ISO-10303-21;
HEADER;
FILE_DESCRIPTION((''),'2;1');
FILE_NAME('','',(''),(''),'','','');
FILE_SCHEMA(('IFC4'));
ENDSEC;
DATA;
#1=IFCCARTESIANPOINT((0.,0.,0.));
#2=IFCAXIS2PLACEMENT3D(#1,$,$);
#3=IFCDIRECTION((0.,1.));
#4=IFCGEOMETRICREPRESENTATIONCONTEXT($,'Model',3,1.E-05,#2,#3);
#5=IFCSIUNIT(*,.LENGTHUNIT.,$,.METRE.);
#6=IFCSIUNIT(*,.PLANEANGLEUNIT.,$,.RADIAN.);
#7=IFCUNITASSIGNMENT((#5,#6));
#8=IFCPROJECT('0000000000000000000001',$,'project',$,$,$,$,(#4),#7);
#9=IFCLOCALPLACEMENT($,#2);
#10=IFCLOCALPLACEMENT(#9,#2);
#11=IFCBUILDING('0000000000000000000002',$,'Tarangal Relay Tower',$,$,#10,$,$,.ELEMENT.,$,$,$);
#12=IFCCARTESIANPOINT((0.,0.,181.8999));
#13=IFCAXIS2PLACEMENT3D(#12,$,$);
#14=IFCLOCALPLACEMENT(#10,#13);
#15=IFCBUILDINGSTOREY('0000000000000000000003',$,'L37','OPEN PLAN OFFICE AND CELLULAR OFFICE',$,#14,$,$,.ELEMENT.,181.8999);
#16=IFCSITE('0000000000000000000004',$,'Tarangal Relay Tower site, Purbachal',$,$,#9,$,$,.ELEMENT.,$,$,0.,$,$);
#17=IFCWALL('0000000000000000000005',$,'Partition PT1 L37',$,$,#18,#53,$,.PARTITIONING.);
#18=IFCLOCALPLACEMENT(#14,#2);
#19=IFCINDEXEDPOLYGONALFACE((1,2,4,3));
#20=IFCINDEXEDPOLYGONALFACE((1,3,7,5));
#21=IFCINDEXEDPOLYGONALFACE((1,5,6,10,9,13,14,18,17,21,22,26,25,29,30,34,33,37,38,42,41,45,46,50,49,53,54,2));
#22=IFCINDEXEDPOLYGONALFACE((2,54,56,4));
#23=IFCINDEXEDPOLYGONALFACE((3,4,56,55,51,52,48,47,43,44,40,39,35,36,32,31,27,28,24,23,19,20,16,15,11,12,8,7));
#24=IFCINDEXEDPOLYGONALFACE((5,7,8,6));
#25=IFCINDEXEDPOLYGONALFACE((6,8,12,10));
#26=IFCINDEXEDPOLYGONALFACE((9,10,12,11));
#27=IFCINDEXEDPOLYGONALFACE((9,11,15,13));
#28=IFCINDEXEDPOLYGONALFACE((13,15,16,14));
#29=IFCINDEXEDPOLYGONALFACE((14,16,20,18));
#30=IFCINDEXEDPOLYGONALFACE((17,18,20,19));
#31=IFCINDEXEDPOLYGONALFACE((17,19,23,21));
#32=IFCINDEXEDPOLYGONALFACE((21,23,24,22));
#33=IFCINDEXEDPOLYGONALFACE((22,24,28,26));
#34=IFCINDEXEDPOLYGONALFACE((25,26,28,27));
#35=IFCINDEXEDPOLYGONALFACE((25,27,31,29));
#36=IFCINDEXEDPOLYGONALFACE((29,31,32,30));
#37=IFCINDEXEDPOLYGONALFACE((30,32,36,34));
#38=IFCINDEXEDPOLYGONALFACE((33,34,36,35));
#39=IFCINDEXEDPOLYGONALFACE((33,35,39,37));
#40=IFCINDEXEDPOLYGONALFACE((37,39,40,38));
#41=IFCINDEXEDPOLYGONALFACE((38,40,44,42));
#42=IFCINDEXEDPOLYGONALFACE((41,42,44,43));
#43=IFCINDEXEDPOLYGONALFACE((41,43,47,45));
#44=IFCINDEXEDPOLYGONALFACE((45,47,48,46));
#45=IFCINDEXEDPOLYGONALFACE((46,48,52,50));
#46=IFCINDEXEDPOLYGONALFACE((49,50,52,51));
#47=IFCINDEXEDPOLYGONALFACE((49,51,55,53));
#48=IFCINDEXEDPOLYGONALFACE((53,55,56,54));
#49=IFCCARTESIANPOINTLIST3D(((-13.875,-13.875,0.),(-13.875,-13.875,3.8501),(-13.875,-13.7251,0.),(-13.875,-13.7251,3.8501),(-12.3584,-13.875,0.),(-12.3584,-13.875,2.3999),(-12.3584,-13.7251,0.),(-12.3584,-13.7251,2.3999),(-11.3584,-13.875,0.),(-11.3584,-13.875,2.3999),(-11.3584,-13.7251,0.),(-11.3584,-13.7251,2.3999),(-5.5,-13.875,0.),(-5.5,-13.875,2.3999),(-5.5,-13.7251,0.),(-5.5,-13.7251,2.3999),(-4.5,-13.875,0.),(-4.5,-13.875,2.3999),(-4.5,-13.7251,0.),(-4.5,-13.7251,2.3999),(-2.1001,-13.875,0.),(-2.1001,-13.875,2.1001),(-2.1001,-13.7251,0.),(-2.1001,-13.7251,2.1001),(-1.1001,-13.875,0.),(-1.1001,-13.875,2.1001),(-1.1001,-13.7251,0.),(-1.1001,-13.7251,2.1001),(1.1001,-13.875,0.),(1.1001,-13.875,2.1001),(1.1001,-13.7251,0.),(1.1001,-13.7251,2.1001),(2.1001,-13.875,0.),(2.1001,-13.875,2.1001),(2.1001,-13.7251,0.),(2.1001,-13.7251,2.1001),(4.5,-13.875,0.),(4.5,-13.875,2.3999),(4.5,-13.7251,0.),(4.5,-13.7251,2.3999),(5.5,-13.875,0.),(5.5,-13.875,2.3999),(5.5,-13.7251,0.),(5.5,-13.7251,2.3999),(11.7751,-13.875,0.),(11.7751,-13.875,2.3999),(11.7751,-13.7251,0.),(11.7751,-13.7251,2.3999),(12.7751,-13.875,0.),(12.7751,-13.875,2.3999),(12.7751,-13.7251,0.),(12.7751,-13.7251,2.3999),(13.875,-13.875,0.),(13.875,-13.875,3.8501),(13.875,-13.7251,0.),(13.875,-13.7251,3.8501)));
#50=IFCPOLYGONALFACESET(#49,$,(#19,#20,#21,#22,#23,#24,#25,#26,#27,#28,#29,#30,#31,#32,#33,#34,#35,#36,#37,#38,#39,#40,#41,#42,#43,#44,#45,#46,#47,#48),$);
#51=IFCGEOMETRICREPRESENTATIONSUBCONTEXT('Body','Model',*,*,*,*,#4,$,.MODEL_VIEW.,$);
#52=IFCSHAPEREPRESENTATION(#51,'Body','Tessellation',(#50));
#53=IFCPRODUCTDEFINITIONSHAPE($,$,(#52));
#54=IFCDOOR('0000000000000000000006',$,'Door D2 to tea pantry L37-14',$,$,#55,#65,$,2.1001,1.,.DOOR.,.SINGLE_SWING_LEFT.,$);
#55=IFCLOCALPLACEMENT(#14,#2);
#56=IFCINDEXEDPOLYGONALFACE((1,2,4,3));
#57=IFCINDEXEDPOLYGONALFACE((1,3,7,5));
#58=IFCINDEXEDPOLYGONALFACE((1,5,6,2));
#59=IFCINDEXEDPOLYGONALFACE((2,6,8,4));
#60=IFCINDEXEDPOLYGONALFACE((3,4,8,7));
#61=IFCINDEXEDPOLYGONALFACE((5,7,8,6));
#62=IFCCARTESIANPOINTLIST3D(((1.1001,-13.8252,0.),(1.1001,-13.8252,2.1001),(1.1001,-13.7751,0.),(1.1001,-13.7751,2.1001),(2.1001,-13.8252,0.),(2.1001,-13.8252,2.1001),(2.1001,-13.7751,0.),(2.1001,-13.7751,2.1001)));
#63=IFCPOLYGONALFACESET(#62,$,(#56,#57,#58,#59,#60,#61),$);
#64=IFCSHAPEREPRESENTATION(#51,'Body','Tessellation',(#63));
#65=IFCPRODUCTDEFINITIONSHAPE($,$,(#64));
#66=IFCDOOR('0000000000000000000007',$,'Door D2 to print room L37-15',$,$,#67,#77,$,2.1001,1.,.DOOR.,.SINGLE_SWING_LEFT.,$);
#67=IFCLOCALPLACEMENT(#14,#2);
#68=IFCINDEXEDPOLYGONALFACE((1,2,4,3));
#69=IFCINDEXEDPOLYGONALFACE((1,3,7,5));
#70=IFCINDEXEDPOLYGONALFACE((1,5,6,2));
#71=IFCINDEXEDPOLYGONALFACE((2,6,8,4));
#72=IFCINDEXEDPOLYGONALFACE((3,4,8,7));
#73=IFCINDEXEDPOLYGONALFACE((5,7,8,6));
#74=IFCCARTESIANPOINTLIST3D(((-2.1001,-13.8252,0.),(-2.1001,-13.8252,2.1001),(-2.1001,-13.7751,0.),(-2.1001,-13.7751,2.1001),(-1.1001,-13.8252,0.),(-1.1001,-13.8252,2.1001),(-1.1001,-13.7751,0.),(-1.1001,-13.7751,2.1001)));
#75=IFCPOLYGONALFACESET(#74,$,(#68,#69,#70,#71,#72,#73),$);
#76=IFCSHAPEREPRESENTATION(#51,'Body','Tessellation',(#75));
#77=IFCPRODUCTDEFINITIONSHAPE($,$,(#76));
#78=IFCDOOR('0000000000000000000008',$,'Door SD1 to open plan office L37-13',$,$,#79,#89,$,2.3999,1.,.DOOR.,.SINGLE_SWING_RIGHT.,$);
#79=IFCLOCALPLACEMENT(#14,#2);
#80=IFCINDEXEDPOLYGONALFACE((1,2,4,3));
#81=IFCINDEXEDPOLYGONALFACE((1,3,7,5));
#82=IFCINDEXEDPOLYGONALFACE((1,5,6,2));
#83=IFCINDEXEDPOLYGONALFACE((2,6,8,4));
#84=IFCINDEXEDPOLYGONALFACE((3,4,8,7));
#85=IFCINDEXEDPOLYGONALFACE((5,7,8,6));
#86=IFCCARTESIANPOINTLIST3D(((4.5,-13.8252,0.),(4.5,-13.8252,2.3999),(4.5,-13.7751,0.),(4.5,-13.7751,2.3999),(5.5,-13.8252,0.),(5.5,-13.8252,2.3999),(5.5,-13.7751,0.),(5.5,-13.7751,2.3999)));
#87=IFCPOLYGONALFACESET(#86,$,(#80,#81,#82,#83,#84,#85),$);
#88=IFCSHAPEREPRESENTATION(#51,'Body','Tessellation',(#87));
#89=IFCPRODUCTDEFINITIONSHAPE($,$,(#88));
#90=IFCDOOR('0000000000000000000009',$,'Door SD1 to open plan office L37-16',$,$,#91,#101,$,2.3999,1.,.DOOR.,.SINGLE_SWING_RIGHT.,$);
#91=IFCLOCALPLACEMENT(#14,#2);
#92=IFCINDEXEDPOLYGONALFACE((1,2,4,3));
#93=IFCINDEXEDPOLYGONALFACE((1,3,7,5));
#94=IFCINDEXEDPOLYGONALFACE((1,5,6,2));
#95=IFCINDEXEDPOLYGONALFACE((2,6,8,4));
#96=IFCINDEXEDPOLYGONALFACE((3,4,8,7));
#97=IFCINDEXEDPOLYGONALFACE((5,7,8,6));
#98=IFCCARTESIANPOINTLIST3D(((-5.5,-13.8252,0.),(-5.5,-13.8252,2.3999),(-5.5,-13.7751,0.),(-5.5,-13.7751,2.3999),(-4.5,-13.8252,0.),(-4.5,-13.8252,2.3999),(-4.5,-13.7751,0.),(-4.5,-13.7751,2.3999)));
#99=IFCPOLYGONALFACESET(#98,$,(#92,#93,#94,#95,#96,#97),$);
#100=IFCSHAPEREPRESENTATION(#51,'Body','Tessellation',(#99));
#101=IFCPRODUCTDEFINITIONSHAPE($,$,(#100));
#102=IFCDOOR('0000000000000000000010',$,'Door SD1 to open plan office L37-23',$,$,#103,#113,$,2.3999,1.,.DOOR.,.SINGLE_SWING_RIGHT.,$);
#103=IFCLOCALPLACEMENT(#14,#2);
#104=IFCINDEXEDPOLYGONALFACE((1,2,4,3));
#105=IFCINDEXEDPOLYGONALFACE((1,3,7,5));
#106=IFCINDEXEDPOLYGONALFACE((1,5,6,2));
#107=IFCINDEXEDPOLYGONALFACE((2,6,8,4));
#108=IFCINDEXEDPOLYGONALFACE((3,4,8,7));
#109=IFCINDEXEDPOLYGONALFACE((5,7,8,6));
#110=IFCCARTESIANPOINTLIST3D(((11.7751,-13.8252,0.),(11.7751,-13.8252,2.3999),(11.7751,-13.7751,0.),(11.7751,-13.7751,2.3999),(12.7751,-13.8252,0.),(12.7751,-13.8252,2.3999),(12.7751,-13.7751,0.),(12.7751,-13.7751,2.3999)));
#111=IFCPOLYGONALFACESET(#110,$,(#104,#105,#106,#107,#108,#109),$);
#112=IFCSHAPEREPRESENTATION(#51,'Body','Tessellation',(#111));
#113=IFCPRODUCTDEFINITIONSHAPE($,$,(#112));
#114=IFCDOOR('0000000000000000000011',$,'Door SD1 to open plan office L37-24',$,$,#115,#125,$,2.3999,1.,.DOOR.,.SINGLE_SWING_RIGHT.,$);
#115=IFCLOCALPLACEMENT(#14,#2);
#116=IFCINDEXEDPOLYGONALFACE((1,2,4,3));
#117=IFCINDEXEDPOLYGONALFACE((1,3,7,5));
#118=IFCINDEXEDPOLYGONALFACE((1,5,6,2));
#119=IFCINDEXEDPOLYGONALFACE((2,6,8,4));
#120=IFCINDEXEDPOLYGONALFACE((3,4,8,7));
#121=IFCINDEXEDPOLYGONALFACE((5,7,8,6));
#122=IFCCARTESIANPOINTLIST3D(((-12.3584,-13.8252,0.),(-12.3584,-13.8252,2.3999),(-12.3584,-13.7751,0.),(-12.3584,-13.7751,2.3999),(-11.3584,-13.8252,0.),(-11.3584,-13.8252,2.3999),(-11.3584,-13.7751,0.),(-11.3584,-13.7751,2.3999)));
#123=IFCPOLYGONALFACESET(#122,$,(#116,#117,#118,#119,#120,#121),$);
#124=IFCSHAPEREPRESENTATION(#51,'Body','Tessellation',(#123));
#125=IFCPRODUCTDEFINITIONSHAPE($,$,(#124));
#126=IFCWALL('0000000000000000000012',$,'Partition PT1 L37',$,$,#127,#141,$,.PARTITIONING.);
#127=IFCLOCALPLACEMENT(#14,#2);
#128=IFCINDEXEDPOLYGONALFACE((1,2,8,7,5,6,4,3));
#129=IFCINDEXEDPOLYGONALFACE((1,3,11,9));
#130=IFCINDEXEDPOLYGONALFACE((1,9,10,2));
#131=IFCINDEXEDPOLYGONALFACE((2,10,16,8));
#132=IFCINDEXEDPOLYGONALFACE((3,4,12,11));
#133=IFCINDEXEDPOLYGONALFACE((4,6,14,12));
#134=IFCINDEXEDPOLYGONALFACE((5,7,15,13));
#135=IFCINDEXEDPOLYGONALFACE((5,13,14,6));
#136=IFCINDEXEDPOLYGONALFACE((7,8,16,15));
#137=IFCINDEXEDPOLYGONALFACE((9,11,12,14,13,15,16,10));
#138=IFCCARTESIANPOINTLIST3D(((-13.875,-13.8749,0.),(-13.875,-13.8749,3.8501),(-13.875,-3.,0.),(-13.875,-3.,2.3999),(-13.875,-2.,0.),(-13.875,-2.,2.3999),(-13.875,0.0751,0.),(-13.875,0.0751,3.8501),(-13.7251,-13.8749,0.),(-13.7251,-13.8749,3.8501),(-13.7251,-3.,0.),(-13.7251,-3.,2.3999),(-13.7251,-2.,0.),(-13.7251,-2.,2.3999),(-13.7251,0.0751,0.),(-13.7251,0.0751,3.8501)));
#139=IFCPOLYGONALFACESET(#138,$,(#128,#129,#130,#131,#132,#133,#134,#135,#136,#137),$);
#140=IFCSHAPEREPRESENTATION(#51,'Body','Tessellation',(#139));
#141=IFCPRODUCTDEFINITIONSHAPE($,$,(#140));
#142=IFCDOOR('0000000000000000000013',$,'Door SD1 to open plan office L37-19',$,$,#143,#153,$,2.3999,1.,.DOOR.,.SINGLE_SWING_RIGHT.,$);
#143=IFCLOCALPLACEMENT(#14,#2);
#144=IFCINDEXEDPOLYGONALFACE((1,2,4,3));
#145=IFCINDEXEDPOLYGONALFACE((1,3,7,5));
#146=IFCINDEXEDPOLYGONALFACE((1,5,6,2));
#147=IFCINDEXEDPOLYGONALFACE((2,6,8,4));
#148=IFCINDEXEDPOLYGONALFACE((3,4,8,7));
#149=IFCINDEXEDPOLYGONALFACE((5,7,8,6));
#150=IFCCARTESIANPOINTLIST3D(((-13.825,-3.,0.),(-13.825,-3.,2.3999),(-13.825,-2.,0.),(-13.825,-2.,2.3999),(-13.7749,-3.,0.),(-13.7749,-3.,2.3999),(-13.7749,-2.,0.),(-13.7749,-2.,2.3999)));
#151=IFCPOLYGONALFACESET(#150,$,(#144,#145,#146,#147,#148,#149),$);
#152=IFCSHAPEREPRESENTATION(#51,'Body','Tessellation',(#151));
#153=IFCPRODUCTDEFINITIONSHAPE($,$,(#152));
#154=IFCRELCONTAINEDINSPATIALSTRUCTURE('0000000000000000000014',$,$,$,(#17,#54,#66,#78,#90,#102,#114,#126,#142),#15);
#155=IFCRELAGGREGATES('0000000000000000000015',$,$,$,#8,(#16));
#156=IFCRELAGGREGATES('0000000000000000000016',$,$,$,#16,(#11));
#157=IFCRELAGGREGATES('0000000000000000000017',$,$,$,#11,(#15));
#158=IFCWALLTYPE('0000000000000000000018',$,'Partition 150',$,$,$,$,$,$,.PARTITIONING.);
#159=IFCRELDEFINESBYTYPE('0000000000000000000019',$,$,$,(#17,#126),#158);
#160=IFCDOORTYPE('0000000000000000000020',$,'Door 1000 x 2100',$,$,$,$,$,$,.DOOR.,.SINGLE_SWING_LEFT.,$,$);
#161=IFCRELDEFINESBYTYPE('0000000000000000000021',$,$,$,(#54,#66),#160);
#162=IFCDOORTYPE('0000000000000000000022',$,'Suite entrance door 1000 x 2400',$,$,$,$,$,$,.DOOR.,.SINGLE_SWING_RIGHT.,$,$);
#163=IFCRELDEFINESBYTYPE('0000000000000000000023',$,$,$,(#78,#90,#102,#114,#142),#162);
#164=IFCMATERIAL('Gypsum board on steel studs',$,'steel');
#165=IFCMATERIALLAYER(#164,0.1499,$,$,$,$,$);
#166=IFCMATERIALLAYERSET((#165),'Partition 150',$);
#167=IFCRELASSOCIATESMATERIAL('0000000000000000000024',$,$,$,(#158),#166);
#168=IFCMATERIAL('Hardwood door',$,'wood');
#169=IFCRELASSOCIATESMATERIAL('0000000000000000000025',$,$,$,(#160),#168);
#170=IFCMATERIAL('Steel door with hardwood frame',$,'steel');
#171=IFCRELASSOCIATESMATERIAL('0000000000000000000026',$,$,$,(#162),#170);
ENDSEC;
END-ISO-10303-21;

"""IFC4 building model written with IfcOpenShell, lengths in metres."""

from ifc_helpers import new_model, si_unit, direction, frame, frame_2d, origin, place, context, subcontext, project, spatial, rectangle, extrude, material, layer, layer_set, type_object, element, fill, save


model = new_model("IFC4")

# Units and contexts
model_context = context("Model", 3, precision=1e-05, world=origin(), true_north=direction((0.0, 1.0)))
body_context = subcontext(model_context, "Body", "Model", "MODEL_VIEW")
ifc_project = project(units=[si_unit("LENGTHUNIT", "METRE"), si_unit("PLANEANGLEUNIT", "RADIAN")], contexts=[model_context])

# Site, building, storey
site_placement = place(None, origin())
site = spatial("IfcSite", under=ifc_project, at=site_placement, Name="Tarangal Relay Tower site, Purbachal", CompositionType="ELEMENT", RefElevation=0.0)
building_placement = place(site_placement, origin())
building = spatial("IfcBuilding", under=site, at=building_placement, Name="Tarangal Relay Tower", CompositionType="ELEMENT")
storey_placement = place(building_placement, frame((0.0, 0.0, 181.8999)))
storey = spatial("IfcBuildingStorey", under=building, at=storey_placement, Name="L37", Description="OPEN PLAN OFFICE AND CELLULAR OFFICE", CompositionType="ELEMENT", Elevation=181.8999)

# Wall, openings, doors
ifc_material_1 = material(Name="Gypsum board on steel studs", Category="steel")
ifc_layer_1 = layer(ifc_material_1, 0.1499)
ifc_layer_set_1 = layer_set([ifc_layer_1], Name="Partition 150")
wall_type_1 = type_object("IfcWallType", Name="Partition 150", PredefinedType="PARTITIONING", material=ifc_layer_set_1)
wall_1_placement = place(storey_placement, frame((-13.875, -13.8, 0.0), z_axis=(0.0, 0.0, 1.0), x_axis=(1.0, 0.0, 0.0)))
wall_1 = element("IfcWall", 1, at=wall_1_placement, inside=storey, type_object=wall_type_1, Name="Partition PT1 L37", PredefinedType="PARTITIONING", context=body_context, shape_type="SweptSolid", body=[
    extrude(rectangle(XDim=27.75, YDim=0.1499, at=frame_2d((13.875, 0.0))), origin(), (0.0, 0.0, 1.0), 3.8501),
])
opening_1_placement = place(wall_1_placement, frame((18.375, 0.0, 0.0)))
opening_1 = element("IfcOpeningElement", 2, at=opening_1_placement, cuts=wall_1, PredefinedType="OPENING", context=body_context, shape_type="SweptSolid", body=[
    extrude(rectangle(XDim=1.0, YDim=2.3999, at=frame_2d((0.5, 1.2))), frame((0.0, 0.085, 0.0), z_axis=(0.0, -1.0, 0.0), x_axis=(1.0, 0.0, 0.0)), (0.0, 0.0, 1.0), 0.1699),
])
opening_2_placement = place(wall_1_placement, frame((14.9751, 0.0, 0.0)))
opening_2 = element("IfcOpeningElement", 3, at=opening_2_placement, cuts=wall_1, PredefinedType="OPENING", context=body_context, shape_type="SweptSolid", body=[
    extrude(rectangle(XDim=1.0, YDim=2.1001, at=frame_2d((0.5, 1.05))), frame((0.0, 0.085, 0.0), z_axis=(0.0, -1.0, 0.0), x_axis=(1.0, 0.0, 0.0)), (0.0, 0.0, 1.0), 0.1699),
])
opening_3_placement = place(wall_1_placement, frame((11.7749, 0.0, 0.0)))
opening_3 = element("IfcOpeningElement", 4, at=opening_3_placement, cuts=wall_1, PredefinedType="OPENING", context=body_context, shape_type="SweptSolid", body=[
    extrude(rectangle(XDim=1.0, YDim=2.1001, at=frame_2d((0.5, 1.05))), frame((0.0, 0.085, 0.0), z_axis=(0.0, -1.0, 0.0), x_axis=(1.0, 0.0, 0.0)), (0.0, 0.0, 1.0), 0.1699),
])
opening_4_placement = place(wall_1_placement, frame((8.375, 0.0, 0.0)))
opening_4 = element("IfcOpeningElement", 5, at=opening_4_placement, cuts=wall_1, PredefinedType="OPENING", context=body_context, shape_type="SweptSolid", body=[
    extrude(rectangle(XDim=1.0, YDim=2.3999, at=frame_2d((0.5, 1.2))), frame((0.0, 0.085, 0.0), z_axis=(0.0, -1.0, 0.0), x_axis=(1.0, 0.0, 0.0)), (0.0, 0.0, 1.0), 0.1699),
])
opening_5_placement = place(wall_1_placement, frame((25.6501, 0.0, 0.0)))
opening_5 = element("IfcOpeningElement", 6, at=opening_5_placement, cuts=wall_1, PredefinedType="OPENING", context=body_context, shape_type="SweptSolid", body=[
    extrude(rectangle(XDim=1.0, YDim=2.3999, at=frame_2d((0.5, 1.2))), frame((0.0, 0.085, 0.0), z_axis=(0.0, -1.0, 0.0), x_axis=(1.0, 0.0, 0.0)), (0.0, 0.0, 1.0), 0.1699),
])
opening_6_placement = place(wall_1_placement, frame((1.5166, 0.0, 0.0)))
opening_6 = element("IfcOpeningElement", 7, at=opening_6_placement, cuts=wall_1, PredefinedType="OPENING", context=body_context, shape_type="SweptSolid", body=[
    extrude(rectangle(XDim=1.0, YDim=2.3999, at=frame_2d((0.5, 1.2))), frame((0.0, 0.085, 0.0), z_axis=(0.0, -1.0, 0.0), x_axis=(1.0, 0.0, 0.0)), (0.0, 0.0, 1.0), 0.1699),
])
ifc_material_2 = material(Name="Hardwood door", Category="wood")
door_type_1 = type_object("IfcDoorType", Name="Door 1000 x 2100", OperationType="SINGLE_SWING_LEFT", PredefinedType="DOOR", material=ifc_material_2)
door_1_placement = place(opening_2_placement, origin())
door_1 = element("IfcDoor", 8, at=door_1_placement, inside=storey, type_object=door_type_1, Name="Door D2 to tea pantry L37-14", OperationType="SINGLE_SWING_LEFT", OverallHeight=2.1001, OverallWidth=1.0, PredefinedType="DOOR", context=body_context, shape_type="SweptSolid", body=[
    extrude(rectangle(XDim=1.0, YDim=2.1001, at=frame_2d((0.5, 1.05))), frame((0.0, 0.0249, 0.0), z_axis=(0.0, -1.0, 0.0), x_axis=(1.0, 0.0, 0.0)), (0.0, 0.0, 1.0), 0.05),
])
fill(opening_2, door_1)
door_2_placement = place(opening_3_placement, origin())
door_2 = element("IfcDoor", 9, at=door_2_placement, inside=storey, type_object=door_type_1, Name="Door D2 to print room L37-15", OperationType="SINGLE_SWING_LEFT", OverallHeight=2.1001, OverallWidth=1.0, PredefinedType="DOOR", context=body_context, shape_type="SweptSolid", body=[
    extrude(rectangle(XDim=1.0, YDim=2.1001, at=frame_2d((0.5, 1.05))), frame((0.0, 0.0249, 0.0), z_axis=(0.0, -1.0, 0.0), x_axis=(1.0, 0.0, 0.0)), (0.0, 0.0, 1.0), 0.05),
])
fill(opening_3, door_2)
ifc_material_3 = material(Name="Steel door with hardwood frame", Category="steel")
door_type_2 = type_object("IfcDoorType", Name="Suite entrance door 1000 x 2400", OperationType="SINGLE_SWING_RIGHT", PredefinedType="DOOR", material=ifc_material_3)
door_3_placement = place(opening_1_placement, origin())
door_3 = element("IfcDoor", 10, at=door_3_placement, inside=storey, type_object=door_type_2, Name="Door SD1 to open plan office L37-13", OperationType="SINGLE_SWING_RIGHT", OverallHeight=2.3999, OverallWidth=1.0, PredefinedType="DOOR", context=body_context, shape_type="SweptSolid", body=[
    extrude(rectangle(XDim=1.0, YDim=2.3999, at=frame_2d((0.5, 1.2))), frame((0.0, 0.0249, 0.0), z_axis=(0.0, -1.0, 0.0), x_axis=(1.0, 0.0, 0.0)), (0.0, 0.0, 1.0), 0.05),
])
fill(opening_1, door_3)
door_4_placement = place(opening_4_placement, origin())
door_4 = element("IfcDoor", 11, at=door_4_placement, inside=storey, type_object=door_type_2, Name="Door SD1 to open plan office L37-16", OperationType="SINGLE_SWING_RIGHT", OverallHeight=2.3999, OverallWidth=1.0, PredefinedType="DOOR", context=body_context, shape_type="SweptSolid", body=[
    extrude(rectangle(XDim=1.0, YDim=2.3999, at=frame_2d((0.5, 1.2))), frame((0.0, 0.0249, 0.0), z_axis=(0.0, -1.0, 0.0), x_axis=(1.0, 0.0, 0.0)), (0.0, 0.0, 1.0), 0.05),
])
fill(opening_4, door_4)
door_5_placement = place(opening_5_placement, origin())
door_5 = element("IfcDoor", 12, at=door_5_placement, inside=storey, type_object=door_type_2, Name="Door SD1 to open plan office L37-23", OperationType="SINGLE_SWING_RIGHT", OverallHeight=2.3999, OverallWidth=1.0, PredefinedType="DOOR", context=body_context, shape_type="SweptSolid", body=[
    extrude(rectangle(XDim=1.0, YDim=2.3999, at=frame_2d((0.5, 1.2))), frame((0.0, 0.0249, 0.0), z_axis=(0.0, -1.0, 0.0), x_axis=(1.0, 0.0, 0.0)), (0.0, 0.0, 1.0), 0.05),
])
fill(opening_5, door_5)
door_6_placement = place(opening_6_placement, origin())
door_6 = element("IfcDoor", 13, at=door_6_placement, inside=storey, type_object=door_type_2, Name="Door SD1 to open plan office L37-24", OperationType="SINGLE_SWING_RIGHT", OverallHeight=2.3999, OverallWidth=1.0, PredefinedType="DOOR", context=body_context, shape_type="SweptSolid", body=[
    extrude(rectangle(XDim=1.0, YDim=2.3999, at=frame_2d((0.5, 1.2))), frame((0.0, 0.0249, 0.0), z_axis=(0.0, -1.0, 0.0), x_axis=(1.0, 0.0, 0.0)), (0.0, 0.0, 1.0), 0.05),
])
fill(opening_6, door_6)

# Wall, opening, door
wall_2_placement = place(storey_placement, frame((-13.8, -13.875, 0.0), z_axis=(0.0, 0.0, 1.0), x_axis=(0.0, 1.0, 0.0)))
wall_2 = element("IfcWall", 14, at=wall_2_placement, inside=storey, type_object=wall_type_1, Name="Partition PT1 L37", PredefinedType="PARTITIONING", context=body_context, shape_type="SweptSolid", body=[
    extrude(rectangle(XDim=13.95, YDim=0.1499, at=frame_2d((6.9751, 0.0))), origin(), (0.0, 0.0, 1.0), 3.8501),
])
opening_7_placement = place(wall_2_placement, frame((10.875, 0.0, 0.0)))
opening_7 = element("IfcOpeningElement", 15, at=opening_7_placement, cuts=wall_2, PredefinedType="OPENING", context=body_context, shape_type="SweptSolid", body=[
    extrude(rectangle(XDim=1.0, YDim=2.3999, at=frame_2d((0.5, 1.2))), frame((0.0, 0.085, 0.0), z_axis=(0.0, -1.0, 0.0), x_axis=(1.0, 0.0, 0.0)), (0.0, 0.0, 1.0), 0.1699),
])
door_7_placement = place(opening_7_placement, origin())
door_7 = element("IfcDoor", 16, at=door_7_placement, inside=storey, type_object=door_type_2, Name="Door SD1 to open plan office L37-19", OperationType="SINGLE_SWING_RIGHT", OverallHeight=2.3999, OverallWidth=1.0, PredefinedType="DOOR", context=body_context, shape_type="SweptSolid", body=[
    extrude(rectangle(XDim=1.0, YDim=2.3999, at=frame_2d((0.5, 1.2))), frame((0.0, 0.0249, 0.0), z_axis=(0.0, -1.0, 0.0), x_axis=(1.0, 0.0, 0.0)), (0.0, 0.0, 1.0), 0.05),
])
fill(opening_7, door_7)

save(model, "model.ifc")
